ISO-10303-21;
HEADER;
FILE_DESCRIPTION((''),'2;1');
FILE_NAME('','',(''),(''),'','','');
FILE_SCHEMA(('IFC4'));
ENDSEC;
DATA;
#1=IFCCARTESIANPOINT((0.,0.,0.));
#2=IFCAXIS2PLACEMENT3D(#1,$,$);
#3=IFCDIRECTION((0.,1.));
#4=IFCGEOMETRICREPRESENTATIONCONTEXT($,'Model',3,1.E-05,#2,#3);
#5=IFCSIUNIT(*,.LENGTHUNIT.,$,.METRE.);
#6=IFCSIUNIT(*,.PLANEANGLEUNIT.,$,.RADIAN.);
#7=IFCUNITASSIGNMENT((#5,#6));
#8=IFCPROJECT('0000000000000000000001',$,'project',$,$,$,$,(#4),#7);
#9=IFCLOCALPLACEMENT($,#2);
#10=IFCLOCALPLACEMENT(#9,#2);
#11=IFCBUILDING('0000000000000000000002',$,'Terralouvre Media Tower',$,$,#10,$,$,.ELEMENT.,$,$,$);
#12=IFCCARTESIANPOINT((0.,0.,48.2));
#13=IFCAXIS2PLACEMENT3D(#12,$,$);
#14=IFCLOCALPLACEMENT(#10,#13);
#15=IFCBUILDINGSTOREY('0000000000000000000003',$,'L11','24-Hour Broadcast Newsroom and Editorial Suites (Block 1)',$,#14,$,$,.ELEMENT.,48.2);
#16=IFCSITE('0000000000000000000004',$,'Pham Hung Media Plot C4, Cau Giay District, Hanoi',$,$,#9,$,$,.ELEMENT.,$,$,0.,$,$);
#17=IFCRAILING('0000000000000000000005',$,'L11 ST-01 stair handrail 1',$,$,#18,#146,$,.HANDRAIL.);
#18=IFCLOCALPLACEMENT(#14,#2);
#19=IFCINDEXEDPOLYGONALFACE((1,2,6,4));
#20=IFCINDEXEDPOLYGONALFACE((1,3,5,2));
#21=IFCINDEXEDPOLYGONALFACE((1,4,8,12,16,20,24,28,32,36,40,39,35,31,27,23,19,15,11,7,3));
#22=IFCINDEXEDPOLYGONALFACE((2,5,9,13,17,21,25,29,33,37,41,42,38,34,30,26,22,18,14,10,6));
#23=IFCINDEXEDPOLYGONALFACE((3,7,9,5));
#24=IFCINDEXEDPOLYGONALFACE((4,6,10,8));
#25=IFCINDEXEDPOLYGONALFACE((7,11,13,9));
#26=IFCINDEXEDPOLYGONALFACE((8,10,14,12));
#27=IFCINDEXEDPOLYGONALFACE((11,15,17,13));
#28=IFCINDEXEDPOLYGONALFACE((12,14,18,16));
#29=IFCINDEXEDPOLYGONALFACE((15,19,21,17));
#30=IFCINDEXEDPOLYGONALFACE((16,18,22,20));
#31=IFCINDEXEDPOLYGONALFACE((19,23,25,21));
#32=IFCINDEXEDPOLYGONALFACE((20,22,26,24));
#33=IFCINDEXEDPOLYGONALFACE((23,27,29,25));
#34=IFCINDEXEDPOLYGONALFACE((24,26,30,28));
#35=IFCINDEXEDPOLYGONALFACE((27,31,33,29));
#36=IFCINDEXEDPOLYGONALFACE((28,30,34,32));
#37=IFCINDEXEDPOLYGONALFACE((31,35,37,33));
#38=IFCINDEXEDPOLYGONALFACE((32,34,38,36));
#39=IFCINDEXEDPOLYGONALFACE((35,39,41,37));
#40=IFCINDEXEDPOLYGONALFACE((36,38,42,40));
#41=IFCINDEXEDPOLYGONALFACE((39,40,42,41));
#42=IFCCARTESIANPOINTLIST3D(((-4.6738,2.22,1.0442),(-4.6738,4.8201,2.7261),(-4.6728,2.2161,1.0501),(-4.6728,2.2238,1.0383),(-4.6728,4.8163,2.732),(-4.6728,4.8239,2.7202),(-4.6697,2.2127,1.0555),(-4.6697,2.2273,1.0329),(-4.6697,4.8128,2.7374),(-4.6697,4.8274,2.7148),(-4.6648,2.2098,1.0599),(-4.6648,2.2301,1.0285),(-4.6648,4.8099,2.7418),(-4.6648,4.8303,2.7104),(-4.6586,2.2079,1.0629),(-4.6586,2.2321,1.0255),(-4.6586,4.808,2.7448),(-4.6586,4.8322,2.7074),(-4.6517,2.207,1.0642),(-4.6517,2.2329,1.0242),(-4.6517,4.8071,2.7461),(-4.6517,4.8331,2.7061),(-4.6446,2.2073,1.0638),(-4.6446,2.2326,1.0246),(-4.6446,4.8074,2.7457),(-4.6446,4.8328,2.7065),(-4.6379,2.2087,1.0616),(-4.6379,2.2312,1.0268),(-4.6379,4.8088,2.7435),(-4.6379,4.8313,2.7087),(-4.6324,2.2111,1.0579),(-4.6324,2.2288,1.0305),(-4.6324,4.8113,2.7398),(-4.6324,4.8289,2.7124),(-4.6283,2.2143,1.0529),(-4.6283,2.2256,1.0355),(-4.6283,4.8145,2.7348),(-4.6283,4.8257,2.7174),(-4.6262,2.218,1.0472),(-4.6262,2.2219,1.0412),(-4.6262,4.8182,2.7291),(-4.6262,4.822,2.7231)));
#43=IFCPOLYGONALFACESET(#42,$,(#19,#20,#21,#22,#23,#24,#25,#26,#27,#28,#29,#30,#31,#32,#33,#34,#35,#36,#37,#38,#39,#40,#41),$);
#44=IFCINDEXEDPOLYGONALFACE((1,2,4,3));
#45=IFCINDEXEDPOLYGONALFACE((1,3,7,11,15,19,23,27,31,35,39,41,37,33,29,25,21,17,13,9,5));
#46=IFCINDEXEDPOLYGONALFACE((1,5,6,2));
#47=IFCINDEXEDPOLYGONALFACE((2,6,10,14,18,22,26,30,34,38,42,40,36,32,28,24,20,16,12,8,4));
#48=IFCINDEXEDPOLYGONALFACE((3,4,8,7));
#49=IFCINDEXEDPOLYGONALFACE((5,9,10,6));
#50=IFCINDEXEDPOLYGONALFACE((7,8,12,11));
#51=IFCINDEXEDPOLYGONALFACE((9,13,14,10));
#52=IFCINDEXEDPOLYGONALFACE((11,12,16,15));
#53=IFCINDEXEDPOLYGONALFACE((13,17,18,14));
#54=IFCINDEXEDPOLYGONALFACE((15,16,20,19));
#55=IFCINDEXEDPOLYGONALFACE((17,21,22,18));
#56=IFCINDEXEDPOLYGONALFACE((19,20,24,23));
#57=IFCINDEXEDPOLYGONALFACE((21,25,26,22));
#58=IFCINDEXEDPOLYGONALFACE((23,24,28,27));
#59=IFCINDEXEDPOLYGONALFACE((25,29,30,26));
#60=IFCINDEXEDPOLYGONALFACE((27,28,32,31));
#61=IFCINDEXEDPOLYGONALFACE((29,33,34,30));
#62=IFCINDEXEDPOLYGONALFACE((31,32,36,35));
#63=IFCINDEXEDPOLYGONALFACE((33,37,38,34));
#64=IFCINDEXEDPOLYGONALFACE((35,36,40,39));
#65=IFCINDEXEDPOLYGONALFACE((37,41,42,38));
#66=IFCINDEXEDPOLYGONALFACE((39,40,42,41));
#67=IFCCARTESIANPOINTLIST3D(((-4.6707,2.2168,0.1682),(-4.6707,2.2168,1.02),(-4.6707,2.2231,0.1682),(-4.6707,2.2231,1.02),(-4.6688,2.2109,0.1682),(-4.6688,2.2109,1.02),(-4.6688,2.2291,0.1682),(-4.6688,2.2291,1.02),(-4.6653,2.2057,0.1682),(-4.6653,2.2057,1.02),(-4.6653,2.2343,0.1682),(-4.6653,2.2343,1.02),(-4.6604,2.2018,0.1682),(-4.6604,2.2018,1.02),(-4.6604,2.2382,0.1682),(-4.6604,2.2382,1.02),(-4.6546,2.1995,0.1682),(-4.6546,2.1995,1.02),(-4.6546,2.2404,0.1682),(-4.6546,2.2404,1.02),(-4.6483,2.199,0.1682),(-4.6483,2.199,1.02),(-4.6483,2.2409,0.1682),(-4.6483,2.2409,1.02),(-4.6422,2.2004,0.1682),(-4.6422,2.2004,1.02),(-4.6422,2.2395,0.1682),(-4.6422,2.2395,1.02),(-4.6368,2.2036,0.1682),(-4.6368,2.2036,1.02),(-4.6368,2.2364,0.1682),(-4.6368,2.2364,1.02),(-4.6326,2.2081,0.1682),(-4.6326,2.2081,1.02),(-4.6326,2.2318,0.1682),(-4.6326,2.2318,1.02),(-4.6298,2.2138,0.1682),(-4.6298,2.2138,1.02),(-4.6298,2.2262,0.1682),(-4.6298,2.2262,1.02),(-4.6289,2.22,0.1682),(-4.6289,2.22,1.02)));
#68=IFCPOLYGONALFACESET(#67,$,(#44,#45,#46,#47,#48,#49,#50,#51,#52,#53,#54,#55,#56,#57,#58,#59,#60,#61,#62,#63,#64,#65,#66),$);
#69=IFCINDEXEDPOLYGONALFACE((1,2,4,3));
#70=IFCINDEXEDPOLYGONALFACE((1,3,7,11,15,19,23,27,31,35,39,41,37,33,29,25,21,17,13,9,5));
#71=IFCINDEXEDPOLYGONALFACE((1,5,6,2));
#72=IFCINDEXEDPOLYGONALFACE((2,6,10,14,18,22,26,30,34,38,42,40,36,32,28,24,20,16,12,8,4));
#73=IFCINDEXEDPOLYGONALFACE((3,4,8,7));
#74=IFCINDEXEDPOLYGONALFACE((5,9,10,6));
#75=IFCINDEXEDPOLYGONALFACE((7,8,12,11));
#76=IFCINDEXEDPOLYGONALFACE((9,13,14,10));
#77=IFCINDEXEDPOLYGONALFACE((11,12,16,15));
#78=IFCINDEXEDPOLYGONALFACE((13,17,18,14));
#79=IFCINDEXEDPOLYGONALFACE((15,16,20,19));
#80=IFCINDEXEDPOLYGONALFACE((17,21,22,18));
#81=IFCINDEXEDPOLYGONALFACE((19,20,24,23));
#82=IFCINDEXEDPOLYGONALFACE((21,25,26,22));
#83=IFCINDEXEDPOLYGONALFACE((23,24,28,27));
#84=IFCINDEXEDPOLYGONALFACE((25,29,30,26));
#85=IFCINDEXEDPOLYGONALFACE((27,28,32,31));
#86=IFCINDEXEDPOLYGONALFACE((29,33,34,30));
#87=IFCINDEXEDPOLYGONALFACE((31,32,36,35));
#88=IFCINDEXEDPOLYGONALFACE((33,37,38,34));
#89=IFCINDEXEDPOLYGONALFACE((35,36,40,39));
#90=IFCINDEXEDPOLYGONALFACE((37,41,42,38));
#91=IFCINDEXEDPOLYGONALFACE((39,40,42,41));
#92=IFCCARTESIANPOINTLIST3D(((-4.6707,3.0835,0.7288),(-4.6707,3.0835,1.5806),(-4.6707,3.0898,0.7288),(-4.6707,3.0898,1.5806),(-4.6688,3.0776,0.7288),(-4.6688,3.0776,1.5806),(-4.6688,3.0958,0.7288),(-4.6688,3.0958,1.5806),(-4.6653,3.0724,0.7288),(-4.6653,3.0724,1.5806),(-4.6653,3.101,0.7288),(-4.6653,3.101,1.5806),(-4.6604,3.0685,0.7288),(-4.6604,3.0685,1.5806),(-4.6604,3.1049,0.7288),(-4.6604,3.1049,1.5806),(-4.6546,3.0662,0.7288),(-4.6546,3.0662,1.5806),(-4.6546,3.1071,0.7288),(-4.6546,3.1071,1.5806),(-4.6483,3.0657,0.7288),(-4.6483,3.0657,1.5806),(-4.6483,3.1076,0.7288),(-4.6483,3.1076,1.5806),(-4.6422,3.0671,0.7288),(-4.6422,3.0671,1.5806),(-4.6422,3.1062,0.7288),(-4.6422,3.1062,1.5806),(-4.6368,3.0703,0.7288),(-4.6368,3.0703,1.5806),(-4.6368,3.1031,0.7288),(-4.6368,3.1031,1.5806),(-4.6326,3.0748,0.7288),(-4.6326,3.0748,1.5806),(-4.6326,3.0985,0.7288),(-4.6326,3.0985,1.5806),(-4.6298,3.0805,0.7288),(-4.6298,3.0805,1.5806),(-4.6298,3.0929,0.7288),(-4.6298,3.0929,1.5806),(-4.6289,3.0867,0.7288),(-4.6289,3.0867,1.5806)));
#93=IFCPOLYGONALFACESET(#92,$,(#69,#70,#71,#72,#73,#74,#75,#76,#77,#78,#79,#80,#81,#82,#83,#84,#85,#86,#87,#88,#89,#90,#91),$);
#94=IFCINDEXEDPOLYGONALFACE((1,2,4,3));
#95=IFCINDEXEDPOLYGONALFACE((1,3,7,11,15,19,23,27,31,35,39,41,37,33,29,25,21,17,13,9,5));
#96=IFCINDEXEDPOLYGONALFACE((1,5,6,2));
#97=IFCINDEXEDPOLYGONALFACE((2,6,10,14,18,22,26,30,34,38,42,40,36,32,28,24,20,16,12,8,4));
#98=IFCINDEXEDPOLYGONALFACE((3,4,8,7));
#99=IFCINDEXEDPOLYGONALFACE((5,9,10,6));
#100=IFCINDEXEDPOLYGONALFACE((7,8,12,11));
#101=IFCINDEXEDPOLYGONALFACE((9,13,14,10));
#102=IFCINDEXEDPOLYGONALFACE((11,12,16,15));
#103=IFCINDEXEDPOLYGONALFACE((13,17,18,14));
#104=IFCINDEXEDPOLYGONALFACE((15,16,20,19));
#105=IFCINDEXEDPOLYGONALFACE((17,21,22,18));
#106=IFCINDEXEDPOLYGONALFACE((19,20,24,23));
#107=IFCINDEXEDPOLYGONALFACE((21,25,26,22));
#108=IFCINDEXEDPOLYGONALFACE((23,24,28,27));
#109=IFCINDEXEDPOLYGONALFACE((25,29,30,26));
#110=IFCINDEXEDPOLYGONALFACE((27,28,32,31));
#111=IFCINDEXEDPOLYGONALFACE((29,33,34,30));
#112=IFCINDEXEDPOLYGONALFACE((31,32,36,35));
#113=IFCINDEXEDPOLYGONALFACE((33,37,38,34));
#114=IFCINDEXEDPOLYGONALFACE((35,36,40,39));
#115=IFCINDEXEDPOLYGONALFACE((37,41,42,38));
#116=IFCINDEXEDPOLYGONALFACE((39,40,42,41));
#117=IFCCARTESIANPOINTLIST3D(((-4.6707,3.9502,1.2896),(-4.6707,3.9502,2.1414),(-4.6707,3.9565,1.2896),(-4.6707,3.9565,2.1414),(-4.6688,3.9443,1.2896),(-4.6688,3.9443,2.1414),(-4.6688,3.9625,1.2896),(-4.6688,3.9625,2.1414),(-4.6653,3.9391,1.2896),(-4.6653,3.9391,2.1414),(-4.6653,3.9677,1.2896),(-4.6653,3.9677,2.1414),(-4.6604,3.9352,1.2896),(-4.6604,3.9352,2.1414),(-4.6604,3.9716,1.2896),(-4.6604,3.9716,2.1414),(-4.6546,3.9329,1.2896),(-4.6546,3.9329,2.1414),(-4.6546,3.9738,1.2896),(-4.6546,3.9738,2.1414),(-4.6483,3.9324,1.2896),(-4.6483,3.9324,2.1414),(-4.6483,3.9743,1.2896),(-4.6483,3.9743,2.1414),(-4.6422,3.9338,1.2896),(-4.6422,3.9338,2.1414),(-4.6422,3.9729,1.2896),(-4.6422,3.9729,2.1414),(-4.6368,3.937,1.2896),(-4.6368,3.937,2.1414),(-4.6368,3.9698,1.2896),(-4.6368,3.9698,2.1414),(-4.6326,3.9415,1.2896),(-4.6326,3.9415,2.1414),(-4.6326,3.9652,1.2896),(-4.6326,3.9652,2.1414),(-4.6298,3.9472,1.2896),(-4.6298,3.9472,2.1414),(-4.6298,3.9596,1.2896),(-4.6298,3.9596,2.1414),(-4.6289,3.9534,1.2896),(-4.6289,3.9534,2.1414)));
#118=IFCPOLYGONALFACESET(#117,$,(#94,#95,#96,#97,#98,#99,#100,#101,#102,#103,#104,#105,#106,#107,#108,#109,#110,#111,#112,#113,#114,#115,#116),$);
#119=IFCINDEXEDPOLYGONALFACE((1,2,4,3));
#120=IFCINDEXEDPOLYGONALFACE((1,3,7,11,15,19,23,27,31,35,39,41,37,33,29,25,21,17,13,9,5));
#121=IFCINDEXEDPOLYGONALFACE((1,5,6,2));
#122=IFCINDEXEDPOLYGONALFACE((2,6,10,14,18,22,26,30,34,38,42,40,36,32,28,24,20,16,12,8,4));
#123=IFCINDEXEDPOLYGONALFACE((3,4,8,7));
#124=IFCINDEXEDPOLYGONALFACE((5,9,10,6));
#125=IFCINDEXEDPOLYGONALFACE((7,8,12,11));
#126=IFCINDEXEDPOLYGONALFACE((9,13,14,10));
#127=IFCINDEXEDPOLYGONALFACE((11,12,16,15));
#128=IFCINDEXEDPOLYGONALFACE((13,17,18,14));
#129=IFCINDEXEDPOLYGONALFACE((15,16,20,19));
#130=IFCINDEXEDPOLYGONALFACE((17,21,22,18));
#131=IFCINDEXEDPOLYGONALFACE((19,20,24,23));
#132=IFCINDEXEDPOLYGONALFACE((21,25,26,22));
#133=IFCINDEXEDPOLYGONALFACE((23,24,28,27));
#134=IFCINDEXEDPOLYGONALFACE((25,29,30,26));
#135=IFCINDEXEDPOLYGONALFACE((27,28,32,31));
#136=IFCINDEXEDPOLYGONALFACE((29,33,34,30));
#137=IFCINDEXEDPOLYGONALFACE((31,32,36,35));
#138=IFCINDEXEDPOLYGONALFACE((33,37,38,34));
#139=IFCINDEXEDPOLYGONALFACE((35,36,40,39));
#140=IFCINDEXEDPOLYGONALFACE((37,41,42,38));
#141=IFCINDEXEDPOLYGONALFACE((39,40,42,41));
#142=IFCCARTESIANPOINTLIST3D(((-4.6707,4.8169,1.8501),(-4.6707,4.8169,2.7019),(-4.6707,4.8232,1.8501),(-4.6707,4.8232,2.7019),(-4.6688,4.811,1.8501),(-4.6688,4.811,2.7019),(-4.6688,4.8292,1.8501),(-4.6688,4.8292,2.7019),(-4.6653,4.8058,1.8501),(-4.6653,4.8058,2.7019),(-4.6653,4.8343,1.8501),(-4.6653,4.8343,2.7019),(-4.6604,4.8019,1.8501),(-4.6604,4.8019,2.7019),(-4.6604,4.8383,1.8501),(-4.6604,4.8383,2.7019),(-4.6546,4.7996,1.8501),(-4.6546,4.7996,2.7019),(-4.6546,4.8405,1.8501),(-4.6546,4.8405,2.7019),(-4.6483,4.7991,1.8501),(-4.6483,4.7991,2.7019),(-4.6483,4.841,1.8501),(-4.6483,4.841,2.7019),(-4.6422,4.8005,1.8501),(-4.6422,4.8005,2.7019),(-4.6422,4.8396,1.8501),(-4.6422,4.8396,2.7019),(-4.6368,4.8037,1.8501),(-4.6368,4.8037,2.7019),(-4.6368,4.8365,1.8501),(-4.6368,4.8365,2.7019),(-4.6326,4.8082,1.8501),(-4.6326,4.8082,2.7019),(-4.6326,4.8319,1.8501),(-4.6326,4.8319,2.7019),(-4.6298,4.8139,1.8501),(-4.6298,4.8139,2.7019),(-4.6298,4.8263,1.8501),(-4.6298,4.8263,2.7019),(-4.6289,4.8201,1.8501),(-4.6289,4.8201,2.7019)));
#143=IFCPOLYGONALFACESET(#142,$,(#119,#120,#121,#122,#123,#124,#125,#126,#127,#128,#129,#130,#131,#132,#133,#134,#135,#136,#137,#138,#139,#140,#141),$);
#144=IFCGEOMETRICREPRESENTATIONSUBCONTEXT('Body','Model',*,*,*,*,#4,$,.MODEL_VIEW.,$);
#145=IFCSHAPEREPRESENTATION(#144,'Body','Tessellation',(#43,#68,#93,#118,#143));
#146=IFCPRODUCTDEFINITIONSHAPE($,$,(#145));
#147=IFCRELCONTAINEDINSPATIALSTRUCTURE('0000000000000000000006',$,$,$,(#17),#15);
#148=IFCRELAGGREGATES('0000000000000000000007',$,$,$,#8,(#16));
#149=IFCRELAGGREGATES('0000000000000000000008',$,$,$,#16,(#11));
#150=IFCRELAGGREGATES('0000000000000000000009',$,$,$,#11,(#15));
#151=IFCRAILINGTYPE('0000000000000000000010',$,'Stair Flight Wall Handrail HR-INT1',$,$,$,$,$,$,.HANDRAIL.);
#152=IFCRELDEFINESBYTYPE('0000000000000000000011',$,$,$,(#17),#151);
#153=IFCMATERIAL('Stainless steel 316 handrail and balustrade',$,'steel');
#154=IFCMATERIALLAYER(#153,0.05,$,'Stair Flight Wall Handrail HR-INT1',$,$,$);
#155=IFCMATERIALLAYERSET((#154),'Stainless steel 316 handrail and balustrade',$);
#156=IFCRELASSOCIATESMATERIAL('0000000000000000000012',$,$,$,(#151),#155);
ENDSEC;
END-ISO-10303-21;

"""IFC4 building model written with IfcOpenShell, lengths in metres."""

from ifc_helpers import new_model, si_unit, direction, frame, origin, origin_2d, place, context, subcontext, project, spatial, circle, extrude, material, layer, layer_set, type_object, element, save


model = new_model("IFC4")

# Units and contexts
model_context = context("Model", 3, precision=1e-05, world=origin(), true_north=direction((0.0, 1.0)))
body_context = subcontext(model_context, "Body", "Model", "MODEL_VIEW")
ifc_project = project(units=[si_unit("LENGTHUNIT", "METRE"), si_unit("PLANEANGLEUNIT", "RADIAN")], contexts=[model_context])

# Site, building, storey
site_placement = place(None, origin())
site = spatial("IfcSite", under=ifc_project, at=site_placement, Name="Pham Hung Media Plot C4, Cau Giay District, Hanoi", CompositionType="ELEMENT", RefElevation=0.0)
building_placement = place(site_placement, origin())
building = spatial("IfcBuilding", under=site, at=building_placement, Name="Terralouvre Media Tower", CompositionType="ELEMENT")
storey_placement = place(building_placement, frame((0.0, 0.0, 48.2)))
storey = spatial("IfcBuildingStorey", under=building, at=storey_placement, Name="L11", Description="24-Hour Broadcast Newsroom and Editorial Suites (Block 1)", CompositionType="ELEMENT", Elevation=48.2)

# Railing
ifc_material_1 = material(Name="Stainless steel 316 handrail and balustrade", Category="steel")
ifc_layer_1 = layer(ifc_material_1, 0.05, Name="Stair Flight Wall Handrail HR-INT1")
ifc_layer_set_1 = layer_set([ifc_layer_1], Name="Stainless steel 316 handrail and balustrade")
railing_type_1 = type_object("IfcRailingType", Name="Stair Flight Wall Handrail HR-INT1", PredefinedType="HANDRAIL", material=ifc_layer_set_1)
railing_1_placement = place(storey_placement, frame((-4.6499, 2.22, 0.1682)))
element("IfcRailing", 1, at=railing_1_placement, inside=storey, type_object=railing_type_1, Name="L11 ST-01 stair handrail 1", PredefinedType="HANDRAIL", context=body_context, shape_type="SweptSolid", body=[
    extrude(circle(Radius=0.0239, at=origin_2d()), frame((0.0, 0.0, 0.876), z_axis=(0.0, 0.839648, 0.54313), x_axis=(-1.0, 0.0, 0.0)), (0.0, 0.0, 1.0), 3.0967),
    extrude(circle(Radius=0.021, at=origin_2d()), origin(), (0.0, 0.0, 1.0), 0.8518),
    extrude(circle(Radius=0.021, at=origin_2d()), frame((0.0, 0.8667, 0.5605)), (0.0, 0.0, 1.0), 0.8518),
    extrude(circle(Radius=0.021, at=origin_2d()), frame((0.0, 1.7334, 1.1213)), (0.0, 0.0, 1.0), 0.8518),
    extrude(circle(Radius=0.021, at=origin_2d()), frame((0.0, 2.6001, 1.6819)), (0.0, 0.0, 1.0), 0.8518),
])

save(model, "model.ifc")
